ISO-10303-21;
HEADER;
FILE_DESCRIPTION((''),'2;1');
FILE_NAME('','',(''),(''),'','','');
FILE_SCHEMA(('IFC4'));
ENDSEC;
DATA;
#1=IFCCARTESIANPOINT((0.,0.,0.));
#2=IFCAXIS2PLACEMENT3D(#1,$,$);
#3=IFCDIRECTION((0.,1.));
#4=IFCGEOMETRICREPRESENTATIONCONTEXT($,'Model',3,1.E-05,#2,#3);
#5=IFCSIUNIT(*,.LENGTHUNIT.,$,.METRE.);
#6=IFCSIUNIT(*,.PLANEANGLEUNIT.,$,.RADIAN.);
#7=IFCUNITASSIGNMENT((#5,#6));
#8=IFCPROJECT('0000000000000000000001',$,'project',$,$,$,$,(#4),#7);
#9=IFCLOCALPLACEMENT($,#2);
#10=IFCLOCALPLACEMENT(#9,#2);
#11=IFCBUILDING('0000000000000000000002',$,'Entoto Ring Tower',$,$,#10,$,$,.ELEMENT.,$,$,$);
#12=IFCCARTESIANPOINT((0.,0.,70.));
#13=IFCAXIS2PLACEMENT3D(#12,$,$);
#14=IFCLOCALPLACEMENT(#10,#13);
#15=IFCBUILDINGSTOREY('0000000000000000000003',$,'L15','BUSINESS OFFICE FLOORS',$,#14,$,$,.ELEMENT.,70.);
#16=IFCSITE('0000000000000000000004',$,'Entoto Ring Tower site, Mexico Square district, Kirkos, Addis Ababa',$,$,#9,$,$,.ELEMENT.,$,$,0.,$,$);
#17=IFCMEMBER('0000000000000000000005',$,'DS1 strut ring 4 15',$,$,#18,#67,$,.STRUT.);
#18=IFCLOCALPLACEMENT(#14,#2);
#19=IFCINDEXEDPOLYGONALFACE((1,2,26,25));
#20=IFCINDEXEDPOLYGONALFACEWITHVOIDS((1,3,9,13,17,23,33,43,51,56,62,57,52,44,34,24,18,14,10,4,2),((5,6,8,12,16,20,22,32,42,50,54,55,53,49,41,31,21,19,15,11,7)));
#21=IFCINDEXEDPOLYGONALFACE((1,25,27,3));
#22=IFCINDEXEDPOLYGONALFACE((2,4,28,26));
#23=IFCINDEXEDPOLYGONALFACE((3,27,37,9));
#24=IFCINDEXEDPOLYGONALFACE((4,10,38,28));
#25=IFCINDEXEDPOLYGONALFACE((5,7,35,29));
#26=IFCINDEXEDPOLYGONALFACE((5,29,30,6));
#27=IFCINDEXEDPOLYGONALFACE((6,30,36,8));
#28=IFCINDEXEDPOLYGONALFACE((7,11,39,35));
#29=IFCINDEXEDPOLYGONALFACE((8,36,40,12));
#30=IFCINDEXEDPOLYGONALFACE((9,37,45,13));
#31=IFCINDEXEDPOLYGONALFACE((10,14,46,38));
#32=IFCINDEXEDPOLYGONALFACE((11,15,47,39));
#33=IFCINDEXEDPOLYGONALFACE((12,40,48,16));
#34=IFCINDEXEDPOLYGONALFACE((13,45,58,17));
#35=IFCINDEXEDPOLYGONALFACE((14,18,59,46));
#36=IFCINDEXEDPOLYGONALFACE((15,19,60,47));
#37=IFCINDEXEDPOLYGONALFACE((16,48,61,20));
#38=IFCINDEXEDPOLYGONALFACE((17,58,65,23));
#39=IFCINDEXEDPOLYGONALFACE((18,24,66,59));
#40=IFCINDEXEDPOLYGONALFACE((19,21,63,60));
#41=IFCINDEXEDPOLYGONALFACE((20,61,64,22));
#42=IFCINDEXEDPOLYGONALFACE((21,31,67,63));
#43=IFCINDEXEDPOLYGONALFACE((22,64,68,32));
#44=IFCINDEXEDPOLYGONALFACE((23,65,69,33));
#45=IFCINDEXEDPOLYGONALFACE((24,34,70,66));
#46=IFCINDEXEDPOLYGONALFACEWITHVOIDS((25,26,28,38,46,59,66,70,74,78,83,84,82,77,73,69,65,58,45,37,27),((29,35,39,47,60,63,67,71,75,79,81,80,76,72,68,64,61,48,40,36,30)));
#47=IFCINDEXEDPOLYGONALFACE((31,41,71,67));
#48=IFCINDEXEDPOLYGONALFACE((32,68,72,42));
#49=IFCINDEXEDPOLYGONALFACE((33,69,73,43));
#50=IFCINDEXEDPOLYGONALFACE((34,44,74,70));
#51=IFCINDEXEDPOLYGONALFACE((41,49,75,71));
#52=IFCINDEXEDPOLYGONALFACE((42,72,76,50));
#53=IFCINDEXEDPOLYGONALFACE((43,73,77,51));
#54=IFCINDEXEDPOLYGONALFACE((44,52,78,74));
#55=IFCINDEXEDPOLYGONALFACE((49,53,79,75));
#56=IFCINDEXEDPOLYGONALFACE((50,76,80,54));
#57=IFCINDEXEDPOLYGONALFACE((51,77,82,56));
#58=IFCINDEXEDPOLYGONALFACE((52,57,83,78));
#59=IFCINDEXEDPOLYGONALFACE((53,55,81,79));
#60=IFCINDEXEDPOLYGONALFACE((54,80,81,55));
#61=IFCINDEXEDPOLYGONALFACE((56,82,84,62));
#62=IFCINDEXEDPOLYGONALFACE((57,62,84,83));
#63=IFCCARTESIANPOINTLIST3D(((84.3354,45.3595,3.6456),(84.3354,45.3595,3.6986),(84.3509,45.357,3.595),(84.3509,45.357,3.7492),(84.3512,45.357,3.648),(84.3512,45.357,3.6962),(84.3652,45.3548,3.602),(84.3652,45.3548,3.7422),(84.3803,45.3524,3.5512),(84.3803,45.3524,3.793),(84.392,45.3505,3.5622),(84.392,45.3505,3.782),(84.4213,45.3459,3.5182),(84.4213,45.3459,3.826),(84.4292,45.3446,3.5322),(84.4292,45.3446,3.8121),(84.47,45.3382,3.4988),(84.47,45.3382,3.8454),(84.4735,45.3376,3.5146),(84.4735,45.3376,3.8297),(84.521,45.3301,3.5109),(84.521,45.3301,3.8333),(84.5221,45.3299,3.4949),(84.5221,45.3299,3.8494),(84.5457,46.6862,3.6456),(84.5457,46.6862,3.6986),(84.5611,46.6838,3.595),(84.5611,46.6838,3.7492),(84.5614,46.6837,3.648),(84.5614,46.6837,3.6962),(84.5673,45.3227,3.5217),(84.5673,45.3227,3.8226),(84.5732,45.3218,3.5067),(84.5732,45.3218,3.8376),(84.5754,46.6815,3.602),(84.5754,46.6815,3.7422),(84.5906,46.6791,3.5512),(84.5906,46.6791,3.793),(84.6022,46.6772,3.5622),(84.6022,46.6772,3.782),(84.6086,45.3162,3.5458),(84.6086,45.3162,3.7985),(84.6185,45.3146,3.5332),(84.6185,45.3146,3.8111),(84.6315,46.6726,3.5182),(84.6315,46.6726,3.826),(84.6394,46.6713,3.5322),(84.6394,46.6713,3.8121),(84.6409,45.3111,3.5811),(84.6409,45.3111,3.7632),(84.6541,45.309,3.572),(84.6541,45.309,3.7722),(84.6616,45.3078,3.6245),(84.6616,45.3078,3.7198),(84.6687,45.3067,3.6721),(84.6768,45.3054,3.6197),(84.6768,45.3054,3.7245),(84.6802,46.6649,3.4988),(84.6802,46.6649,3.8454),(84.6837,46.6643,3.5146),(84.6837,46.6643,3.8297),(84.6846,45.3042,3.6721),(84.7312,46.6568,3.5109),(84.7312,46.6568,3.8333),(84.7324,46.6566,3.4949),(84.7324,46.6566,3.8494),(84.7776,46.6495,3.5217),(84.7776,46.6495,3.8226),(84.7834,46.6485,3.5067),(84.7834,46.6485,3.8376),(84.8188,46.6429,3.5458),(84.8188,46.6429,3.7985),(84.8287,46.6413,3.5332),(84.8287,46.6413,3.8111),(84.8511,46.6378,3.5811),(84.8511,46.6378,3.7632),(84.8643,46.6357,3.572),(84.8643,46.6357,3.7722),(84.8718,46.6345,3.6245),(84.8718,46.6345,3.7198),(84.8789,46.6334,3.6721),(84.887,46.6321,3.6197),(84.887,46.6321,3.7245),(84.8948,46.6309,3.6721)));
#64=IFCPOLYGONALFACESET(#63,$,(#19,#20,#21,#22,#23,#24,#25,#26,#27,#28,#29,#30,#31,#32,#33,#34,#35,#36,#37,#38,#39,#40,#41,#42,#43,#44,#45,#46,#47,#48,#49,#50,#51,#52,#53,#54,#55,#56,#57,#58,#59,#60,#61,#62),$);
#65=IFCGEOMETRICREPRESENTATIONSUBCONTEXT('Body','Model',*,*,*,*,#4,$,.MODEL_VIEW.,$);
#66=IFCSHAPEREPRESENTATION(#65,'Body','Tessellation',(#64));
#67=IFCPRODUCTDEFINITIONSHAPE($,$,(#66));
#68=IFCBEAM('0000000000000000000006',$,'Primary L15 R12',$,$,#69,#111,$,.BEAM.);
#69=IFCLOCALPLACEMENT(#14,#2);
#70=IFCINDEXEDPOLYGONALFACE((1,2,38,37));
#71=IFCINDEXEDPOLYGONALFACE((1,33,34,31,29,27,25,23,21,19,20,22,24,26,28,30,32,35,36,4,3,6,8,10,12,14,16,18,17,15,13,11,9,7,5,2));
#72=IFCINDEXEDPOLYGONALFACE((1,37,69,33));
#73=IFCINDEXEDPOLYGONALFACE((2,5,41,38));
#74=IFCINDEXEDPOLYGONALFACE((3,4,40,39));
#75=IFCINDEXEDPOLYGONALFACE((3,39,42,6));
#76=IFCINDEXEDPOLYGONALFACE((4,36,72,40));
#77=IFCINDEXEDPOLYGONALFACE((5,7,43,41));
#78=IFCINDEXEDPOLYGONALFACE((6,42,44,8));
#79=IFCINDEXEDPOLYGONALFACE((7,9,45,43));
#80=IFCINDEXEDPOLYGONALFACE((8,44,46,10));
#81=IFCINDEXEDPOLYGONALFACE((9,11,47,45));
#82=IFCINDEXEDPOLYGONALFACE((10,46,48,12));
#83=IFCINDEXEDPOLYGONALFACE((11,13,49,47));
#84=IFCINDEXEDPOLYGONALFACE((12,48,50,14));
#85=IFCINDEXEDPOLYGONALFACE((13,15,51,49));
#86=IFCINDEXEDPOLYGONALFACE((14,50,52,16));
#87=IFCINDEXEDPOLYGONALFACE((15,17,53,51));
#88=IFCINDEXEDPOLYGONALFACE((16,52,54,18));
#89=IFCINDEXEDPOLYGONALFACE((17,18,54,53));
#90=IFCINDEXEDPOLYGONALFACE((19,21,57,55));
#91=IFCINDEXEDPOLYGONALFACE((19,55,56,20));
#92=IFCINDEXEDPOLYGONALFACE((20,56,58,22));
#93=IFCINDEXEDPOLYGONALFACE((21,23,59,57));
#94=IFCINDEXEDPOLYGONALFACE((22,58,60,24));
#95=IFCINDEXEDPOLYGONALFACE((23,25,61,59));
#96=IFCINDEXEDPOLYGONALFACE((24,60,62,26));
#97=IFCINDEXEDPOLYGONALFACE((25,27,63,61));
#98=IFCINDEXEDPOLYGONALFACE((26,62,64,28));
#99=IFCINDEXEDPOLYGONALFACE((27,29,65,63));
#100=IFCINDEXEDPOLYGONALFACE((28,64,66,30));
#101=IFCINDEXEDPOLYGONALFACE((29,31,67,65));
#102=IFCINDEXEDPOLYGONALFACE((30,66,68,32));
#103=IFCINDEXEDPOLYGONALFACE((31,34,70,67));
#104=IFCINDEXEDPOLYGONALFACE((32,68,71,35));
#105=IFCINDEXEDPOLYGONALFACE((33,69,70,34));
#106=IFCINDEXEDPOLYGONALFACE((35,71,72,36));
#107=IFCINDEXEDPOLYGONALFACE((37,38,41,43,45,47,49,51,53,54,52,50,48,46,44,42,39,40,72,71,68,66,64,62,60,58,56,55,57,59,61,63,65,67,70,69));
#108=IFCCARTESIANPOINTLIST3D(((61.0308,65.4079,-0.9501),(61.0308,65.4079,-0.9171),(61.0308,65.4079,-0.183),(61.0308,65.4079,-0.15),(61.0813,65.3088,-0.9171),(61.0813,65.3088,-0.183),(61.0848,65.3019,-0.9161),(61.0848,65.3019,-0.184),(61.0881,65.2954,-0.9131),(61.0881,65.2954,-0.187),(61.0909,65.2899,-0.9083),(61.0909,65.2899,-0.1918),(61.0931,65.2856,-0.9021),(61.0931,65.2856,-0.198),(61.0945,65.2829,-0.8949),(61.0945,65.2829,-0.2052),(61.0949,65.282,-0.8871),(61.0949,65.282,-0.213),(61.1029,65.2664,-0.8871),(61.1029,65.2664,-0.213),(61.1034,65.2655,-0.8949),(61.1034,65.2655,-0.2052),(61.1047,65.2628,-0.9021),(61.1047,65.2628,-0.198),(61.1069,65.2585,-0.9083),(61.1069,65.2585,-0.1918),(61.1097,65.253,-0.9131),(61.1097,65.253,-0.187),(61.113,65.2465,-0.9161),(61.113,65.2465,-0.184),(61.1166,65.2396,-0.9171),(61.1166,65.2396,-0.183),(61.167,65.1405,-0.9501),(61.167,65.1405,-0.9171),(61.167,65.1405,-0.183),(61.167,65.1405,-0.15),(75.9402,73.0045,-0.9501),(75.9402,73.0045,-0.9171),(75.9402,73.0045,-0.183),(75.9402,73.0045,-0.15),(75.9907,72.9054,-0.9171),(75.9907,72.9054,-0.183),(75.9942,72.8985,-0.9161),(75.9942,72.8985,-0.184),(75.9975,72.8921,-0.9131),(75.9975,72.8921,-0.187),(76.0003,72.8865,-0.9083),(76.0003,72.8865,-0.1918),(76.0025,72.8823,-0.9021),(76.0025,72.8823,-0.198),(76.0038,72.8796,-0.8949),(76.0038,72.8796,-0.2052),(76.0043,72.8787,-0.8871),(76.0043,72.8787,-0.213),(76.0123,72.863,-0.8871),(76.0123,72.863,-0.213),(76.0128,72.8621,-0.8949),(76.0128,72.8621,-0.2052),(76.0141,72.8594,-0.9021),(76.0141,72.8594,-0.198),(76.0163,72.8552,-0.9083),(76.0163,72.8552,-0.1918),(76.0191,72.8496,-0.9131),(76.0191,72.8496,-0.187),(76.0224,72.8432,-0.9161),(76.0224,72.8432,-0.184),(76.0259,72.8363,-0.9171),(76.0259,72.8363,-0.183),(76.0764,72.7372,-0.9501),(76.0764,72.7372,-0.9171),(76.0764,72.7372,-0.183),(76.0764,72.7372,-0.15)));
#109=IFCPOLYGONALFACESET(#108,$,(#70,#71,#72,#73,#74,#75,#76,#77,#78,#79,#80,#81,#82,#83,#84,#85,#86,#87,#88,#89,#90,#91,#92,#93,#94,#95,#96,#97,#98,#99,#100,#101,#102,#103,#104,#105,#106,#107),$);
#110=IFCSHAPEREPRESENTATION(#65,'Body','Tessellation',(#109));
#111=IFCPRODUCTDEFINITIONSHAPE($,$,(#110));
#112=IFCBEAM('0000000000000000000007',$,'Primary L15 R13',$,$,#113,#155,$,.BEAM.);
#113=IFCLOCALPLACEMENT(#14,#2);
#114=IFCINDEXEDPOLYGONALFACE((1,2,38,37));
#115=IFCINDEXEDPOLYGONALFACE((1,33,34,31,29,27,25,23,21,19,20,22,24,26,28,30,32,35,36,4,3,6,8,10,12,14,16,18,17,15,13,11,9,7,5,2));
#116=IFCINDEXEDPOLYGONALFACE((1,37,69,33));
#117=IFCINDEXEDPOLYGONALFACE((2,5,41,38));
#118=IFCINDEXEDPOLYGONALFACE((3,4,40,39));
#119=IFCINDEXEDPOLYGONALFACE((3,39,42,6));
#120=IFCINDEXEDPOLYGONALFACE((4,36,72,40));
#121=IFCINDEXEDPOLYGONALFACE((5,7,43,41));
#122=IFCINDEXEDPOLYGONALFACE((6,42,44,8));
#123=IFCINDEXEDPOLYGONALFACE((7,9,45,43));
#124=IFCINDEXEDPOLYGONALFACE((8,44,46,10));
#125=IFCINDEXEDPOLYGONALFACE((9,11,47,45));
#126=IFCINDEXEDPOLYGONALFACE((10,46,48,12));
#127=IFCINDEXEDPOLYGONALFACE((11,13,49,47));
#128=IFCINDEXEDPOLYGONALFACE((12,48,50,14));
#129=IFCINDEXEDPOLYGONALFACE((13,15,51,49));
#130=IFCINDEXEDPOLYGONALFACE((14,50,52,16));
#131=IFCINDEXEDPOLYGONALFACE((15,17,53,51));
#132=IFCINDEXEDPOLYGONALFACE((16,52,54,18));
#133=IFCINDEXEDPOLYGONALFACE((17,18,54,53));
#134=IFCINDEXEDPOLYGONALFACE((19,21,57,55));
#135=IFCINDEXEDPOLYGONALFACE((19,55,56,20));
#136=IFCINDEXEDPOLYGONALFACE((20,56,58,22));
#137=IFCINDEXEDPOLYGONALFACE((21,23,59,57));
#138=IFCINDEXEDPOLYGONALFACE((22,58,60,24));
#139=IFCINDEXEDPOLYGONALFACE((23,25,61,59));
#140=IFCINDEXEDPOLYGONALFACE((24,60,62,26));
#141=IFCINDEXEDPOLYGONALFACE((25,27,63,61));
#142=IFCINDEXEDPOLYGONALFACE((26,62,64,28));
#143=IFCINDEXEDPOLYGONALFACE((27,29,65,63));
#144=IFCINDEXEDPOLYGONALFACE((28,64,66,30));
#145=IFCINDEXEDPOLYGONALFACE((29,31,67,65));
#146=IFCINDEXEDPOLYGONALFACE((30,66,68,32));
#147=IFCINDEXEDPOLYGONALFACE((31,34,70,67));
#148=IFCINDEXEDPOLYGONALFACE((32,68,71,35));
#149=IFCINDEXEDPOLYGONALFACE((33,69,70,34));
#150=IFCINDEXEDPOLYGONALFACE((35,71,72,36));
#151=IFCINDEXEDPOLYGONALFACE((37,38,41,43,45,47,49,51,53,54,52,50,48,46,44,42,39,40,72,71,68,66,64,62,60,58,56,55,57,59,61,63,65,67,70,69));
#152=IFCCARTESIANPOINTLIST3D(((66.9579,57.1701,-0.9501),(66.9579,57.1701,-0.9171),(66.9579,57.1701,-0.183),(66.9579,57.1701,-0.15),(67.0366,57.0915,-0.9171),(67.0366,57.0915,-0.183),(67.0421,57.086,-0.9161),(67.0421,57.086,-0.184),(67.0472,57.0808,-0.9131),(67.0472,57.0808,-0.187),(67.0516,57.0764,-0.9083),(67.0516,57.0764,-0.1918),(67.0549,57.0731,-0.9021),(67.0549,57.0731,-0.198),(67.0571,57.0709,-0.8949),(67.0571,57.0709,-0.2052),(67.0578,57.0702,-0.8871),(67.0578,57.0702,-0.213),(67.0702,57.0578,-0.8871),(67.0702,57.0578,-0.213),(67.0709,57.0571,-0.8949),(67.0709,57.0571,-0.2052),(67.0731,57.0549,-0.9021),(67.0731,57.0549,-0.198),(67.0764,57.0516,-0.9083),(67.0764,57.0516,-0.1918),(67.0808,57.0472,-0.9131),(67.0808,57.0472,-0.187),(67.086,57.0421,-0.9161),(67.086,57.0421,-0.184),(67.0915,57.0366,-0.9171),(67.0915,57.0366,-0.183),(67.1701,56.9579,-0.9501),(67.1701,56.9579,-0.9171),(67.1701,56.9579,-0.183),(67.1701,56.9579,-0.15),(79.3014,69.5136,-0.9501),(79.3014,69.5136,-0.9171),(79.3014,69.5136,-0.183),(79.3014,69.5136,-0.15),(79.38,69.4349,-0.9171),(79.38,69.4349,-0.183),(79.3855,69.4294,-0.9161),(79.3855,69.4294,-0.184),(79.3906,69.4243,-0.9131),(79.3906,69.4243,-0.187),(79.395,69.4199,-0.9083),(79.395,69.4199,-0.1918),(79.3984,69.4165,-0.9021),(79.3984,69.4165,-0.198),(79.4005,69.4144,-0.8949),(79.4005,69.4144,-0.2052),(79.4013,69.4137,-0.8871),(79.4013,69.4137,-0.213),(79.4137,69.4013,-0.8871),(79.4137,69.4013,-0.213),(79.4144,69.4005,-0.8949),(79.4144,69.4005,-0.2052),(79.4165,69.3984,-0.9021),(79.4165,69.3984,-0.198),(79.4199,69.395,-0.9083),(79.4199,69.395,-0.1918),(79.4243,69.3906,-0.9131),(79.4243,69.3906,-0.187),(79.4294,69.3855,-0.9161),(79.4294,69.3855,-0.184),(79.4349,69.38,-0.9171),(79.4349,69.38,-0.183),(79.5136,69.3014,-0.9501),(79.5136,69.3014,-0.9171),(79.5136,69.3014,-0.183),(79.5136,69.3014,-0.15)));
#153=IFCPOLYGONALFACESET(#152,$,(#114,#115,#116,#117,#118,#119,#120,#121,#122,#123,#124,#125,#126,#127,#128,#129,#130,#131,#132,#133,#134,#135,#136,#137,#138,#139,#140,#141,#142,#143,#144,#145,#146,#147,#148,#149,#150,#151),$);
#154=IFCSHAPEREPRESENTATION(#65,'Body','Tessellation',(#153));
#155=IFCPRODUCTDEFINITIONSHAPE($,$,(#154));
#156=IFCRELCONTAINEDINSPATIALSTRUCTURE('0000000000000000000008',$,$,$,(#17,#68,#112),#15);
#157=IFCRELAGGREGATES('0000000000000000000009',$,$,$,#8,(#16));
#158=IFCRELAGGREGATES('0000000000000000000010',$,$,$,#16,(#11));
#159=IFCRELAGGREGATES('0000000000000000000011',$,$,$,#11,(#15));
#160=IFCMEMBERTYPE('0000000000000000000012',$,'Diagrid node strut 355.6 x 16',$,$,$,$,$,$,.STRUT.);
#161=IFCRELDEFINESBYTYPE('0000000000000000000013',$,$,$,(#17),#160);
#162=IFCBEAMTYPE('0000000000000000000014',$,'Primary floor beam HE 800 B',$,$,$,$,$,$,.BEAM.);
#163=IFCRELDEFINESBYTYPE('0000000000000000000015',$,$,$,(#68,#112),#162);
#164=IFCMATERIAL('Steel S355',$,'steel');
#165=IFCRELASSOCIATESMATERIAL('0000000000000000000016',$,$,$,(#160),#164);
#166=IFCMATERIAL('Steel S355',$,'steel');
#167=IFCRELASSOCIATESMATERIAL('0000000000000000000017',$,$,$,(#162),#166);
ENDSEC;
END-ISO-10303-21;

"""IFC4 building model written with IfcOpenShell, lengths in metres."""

from ifc_helpers import new_model, si_unit, direction, frame, origin, origin_2d, place, context, subcontext, project, spatial, circle, hollow_circle, i_section, extrude, material, material_profile, profile_set, type_object, element, save


model = new_model("IFC4")

# Units and contexts
model_context = context("Model", 3, precision=1e-05, world=origin(), true_north=direction((0.0, 1.0)))
body_context = subcontext(model_context, "Body", "Model", "MODEL_VIEW")
ifc_project = project(units=[si_unit("LENGTHUNIT", "METRE"), si_unit("PLANEANGLEUNIT", "RADIAN")], contexts=[model_context])

# Site, building, storey
site_placement = place(None, origin())
site = spatial("IfcSite", under=ifc_project, at=site_placement, Name="Entoto Ring Tower site, Mexico Square district, Kirkos, Addis Ababa", CompositionType="ELEMENT", RefElevation=0.0)
building_placement = place(site_placement, origin())
building = spatial("IfcBuilding", under=site, at=building_placement, Name="Entoto Ring Tower", CompositionType="ELEMENT")
storey_placement = place(building_placement, frame((0.0, 0.0, 70.0)))
storey = spatial("IfcBuildingStorey", under=building, at=storey_placement, Name="L15", Description="BUSINESS OFFICE FLOORS", CompositionType="ELEMENT", Elevation=70.0)

# Member
ifc_material_1 = material(Name="Steel S355", Category="steel")
ifc_material_profile_1 = material_profile(ifc_material_1, hollow_circle(Radius=0.1777, WallThickness=0.0161, at=origin_2d()), Name="CHS 355.6 x 16")
ifc_material_2 = material(Name="Concrete C60/75", Category="concrete")
ifc_material_profile_2 = material_profile(ifc_material_2, circle(Radius=0.1619, at=origin_2d()), Name="Concrete C60/75 infill")
ifc_profile_set_1 = profile_set([ifc_material_profile_1, ifc_material_profile_2], Name="Steel S355")
member_type = type_object("IfcMemberType", Name="Diagrid node strut 355.6 x 16", PredefinedType="STRUT", material=ifc_profile_set_1)
member_placement = place(storey_placement, frame((84.7192, 46.6587, 3.6721), z_axis=(-0.156495, -0.987679, 0.0), x_axis=(0.987679, -0.156495, 0.0)))
element("IfcMember", 1, at=member_placement, inside=storey, type_object=member_type, Name="DS1 strut ring 4 15", PredefinedType="STRUT", context=body_context, shape_type="SweptSolid", body=[
    extrude(hollow_circle(Radius=0.1777, WallThickness=0.0161, at=origin_2d()), origin(), (0.0, 0.0, 1.0), 1.3433),
])

# Beams
ifc_material_3 = material(Name="Steel S355", Category="steel")
ifc_material_profile_3 = material_profile(ifc_material_3, i_section(OverallWidth=0.3, OverallDepth=0.8, WebThickness=0.0176, FlangeThickness=0.033, FilletRadius=0.03, at=origin_2d()), Name="HE 800 B")
ifc_profile_set_2 = profile_set([ifc_material_profile_3], Name="Steel S355")
beam_type_1 = type_object("IfcBeamType", Name="Primary floor beam HE 800 B", PredefinedType="BEAM", material=ifc_profile_set_2)
beam_1_placement = place(storey_placement, frame((76.0083, 72.8708, -0.55), z_axis=(-0.891008, -0.453988, 0.0), x_axis=(0.453988, -0.891008, 0.0)))
element("IfcBeam", 2, at=beam_1_placement, inside=storey, type_object=beam_type_1, Name="Primary L15 R12", PredefinedType="BEAM", context=body_context, shape_type="SweptSolid", body=[
    extrude(i_section(OverallWidth=0.3, OverallDepth=0.8, WebThickness=0.0176, FlangeThickness=0.033, FilletRadius=0.03, at=origin_2d()), origin(), (0.0, 0.0, 1.0), 16.7332),
])
beam_2_placement = place(storey_placement, frame((79.4075, 69.4075, -0.55), z_axis=(-0.707107, -0.707107, 0.0), x_axis=(0.707107, -0.707107, 0.0)))
element("IfcBeam", 3, at=beam_2_placement, inside=storey, type_object=beam_type_1, Name="Primary L15 R13", PredefinedType="BEAM", context=body_context, shape_type="SweptSolid", body=[
    extrude(i_section(OverallWidth=0.3, OverallDepth=0.8, WebThickness=0.0176, FlangeThickness=0.033, FilletRadius=0.03, at=origin_2d()), origin(), (0.0, 0.0, 1.0), 17.4563),
])

save(model, "model.ifc")
